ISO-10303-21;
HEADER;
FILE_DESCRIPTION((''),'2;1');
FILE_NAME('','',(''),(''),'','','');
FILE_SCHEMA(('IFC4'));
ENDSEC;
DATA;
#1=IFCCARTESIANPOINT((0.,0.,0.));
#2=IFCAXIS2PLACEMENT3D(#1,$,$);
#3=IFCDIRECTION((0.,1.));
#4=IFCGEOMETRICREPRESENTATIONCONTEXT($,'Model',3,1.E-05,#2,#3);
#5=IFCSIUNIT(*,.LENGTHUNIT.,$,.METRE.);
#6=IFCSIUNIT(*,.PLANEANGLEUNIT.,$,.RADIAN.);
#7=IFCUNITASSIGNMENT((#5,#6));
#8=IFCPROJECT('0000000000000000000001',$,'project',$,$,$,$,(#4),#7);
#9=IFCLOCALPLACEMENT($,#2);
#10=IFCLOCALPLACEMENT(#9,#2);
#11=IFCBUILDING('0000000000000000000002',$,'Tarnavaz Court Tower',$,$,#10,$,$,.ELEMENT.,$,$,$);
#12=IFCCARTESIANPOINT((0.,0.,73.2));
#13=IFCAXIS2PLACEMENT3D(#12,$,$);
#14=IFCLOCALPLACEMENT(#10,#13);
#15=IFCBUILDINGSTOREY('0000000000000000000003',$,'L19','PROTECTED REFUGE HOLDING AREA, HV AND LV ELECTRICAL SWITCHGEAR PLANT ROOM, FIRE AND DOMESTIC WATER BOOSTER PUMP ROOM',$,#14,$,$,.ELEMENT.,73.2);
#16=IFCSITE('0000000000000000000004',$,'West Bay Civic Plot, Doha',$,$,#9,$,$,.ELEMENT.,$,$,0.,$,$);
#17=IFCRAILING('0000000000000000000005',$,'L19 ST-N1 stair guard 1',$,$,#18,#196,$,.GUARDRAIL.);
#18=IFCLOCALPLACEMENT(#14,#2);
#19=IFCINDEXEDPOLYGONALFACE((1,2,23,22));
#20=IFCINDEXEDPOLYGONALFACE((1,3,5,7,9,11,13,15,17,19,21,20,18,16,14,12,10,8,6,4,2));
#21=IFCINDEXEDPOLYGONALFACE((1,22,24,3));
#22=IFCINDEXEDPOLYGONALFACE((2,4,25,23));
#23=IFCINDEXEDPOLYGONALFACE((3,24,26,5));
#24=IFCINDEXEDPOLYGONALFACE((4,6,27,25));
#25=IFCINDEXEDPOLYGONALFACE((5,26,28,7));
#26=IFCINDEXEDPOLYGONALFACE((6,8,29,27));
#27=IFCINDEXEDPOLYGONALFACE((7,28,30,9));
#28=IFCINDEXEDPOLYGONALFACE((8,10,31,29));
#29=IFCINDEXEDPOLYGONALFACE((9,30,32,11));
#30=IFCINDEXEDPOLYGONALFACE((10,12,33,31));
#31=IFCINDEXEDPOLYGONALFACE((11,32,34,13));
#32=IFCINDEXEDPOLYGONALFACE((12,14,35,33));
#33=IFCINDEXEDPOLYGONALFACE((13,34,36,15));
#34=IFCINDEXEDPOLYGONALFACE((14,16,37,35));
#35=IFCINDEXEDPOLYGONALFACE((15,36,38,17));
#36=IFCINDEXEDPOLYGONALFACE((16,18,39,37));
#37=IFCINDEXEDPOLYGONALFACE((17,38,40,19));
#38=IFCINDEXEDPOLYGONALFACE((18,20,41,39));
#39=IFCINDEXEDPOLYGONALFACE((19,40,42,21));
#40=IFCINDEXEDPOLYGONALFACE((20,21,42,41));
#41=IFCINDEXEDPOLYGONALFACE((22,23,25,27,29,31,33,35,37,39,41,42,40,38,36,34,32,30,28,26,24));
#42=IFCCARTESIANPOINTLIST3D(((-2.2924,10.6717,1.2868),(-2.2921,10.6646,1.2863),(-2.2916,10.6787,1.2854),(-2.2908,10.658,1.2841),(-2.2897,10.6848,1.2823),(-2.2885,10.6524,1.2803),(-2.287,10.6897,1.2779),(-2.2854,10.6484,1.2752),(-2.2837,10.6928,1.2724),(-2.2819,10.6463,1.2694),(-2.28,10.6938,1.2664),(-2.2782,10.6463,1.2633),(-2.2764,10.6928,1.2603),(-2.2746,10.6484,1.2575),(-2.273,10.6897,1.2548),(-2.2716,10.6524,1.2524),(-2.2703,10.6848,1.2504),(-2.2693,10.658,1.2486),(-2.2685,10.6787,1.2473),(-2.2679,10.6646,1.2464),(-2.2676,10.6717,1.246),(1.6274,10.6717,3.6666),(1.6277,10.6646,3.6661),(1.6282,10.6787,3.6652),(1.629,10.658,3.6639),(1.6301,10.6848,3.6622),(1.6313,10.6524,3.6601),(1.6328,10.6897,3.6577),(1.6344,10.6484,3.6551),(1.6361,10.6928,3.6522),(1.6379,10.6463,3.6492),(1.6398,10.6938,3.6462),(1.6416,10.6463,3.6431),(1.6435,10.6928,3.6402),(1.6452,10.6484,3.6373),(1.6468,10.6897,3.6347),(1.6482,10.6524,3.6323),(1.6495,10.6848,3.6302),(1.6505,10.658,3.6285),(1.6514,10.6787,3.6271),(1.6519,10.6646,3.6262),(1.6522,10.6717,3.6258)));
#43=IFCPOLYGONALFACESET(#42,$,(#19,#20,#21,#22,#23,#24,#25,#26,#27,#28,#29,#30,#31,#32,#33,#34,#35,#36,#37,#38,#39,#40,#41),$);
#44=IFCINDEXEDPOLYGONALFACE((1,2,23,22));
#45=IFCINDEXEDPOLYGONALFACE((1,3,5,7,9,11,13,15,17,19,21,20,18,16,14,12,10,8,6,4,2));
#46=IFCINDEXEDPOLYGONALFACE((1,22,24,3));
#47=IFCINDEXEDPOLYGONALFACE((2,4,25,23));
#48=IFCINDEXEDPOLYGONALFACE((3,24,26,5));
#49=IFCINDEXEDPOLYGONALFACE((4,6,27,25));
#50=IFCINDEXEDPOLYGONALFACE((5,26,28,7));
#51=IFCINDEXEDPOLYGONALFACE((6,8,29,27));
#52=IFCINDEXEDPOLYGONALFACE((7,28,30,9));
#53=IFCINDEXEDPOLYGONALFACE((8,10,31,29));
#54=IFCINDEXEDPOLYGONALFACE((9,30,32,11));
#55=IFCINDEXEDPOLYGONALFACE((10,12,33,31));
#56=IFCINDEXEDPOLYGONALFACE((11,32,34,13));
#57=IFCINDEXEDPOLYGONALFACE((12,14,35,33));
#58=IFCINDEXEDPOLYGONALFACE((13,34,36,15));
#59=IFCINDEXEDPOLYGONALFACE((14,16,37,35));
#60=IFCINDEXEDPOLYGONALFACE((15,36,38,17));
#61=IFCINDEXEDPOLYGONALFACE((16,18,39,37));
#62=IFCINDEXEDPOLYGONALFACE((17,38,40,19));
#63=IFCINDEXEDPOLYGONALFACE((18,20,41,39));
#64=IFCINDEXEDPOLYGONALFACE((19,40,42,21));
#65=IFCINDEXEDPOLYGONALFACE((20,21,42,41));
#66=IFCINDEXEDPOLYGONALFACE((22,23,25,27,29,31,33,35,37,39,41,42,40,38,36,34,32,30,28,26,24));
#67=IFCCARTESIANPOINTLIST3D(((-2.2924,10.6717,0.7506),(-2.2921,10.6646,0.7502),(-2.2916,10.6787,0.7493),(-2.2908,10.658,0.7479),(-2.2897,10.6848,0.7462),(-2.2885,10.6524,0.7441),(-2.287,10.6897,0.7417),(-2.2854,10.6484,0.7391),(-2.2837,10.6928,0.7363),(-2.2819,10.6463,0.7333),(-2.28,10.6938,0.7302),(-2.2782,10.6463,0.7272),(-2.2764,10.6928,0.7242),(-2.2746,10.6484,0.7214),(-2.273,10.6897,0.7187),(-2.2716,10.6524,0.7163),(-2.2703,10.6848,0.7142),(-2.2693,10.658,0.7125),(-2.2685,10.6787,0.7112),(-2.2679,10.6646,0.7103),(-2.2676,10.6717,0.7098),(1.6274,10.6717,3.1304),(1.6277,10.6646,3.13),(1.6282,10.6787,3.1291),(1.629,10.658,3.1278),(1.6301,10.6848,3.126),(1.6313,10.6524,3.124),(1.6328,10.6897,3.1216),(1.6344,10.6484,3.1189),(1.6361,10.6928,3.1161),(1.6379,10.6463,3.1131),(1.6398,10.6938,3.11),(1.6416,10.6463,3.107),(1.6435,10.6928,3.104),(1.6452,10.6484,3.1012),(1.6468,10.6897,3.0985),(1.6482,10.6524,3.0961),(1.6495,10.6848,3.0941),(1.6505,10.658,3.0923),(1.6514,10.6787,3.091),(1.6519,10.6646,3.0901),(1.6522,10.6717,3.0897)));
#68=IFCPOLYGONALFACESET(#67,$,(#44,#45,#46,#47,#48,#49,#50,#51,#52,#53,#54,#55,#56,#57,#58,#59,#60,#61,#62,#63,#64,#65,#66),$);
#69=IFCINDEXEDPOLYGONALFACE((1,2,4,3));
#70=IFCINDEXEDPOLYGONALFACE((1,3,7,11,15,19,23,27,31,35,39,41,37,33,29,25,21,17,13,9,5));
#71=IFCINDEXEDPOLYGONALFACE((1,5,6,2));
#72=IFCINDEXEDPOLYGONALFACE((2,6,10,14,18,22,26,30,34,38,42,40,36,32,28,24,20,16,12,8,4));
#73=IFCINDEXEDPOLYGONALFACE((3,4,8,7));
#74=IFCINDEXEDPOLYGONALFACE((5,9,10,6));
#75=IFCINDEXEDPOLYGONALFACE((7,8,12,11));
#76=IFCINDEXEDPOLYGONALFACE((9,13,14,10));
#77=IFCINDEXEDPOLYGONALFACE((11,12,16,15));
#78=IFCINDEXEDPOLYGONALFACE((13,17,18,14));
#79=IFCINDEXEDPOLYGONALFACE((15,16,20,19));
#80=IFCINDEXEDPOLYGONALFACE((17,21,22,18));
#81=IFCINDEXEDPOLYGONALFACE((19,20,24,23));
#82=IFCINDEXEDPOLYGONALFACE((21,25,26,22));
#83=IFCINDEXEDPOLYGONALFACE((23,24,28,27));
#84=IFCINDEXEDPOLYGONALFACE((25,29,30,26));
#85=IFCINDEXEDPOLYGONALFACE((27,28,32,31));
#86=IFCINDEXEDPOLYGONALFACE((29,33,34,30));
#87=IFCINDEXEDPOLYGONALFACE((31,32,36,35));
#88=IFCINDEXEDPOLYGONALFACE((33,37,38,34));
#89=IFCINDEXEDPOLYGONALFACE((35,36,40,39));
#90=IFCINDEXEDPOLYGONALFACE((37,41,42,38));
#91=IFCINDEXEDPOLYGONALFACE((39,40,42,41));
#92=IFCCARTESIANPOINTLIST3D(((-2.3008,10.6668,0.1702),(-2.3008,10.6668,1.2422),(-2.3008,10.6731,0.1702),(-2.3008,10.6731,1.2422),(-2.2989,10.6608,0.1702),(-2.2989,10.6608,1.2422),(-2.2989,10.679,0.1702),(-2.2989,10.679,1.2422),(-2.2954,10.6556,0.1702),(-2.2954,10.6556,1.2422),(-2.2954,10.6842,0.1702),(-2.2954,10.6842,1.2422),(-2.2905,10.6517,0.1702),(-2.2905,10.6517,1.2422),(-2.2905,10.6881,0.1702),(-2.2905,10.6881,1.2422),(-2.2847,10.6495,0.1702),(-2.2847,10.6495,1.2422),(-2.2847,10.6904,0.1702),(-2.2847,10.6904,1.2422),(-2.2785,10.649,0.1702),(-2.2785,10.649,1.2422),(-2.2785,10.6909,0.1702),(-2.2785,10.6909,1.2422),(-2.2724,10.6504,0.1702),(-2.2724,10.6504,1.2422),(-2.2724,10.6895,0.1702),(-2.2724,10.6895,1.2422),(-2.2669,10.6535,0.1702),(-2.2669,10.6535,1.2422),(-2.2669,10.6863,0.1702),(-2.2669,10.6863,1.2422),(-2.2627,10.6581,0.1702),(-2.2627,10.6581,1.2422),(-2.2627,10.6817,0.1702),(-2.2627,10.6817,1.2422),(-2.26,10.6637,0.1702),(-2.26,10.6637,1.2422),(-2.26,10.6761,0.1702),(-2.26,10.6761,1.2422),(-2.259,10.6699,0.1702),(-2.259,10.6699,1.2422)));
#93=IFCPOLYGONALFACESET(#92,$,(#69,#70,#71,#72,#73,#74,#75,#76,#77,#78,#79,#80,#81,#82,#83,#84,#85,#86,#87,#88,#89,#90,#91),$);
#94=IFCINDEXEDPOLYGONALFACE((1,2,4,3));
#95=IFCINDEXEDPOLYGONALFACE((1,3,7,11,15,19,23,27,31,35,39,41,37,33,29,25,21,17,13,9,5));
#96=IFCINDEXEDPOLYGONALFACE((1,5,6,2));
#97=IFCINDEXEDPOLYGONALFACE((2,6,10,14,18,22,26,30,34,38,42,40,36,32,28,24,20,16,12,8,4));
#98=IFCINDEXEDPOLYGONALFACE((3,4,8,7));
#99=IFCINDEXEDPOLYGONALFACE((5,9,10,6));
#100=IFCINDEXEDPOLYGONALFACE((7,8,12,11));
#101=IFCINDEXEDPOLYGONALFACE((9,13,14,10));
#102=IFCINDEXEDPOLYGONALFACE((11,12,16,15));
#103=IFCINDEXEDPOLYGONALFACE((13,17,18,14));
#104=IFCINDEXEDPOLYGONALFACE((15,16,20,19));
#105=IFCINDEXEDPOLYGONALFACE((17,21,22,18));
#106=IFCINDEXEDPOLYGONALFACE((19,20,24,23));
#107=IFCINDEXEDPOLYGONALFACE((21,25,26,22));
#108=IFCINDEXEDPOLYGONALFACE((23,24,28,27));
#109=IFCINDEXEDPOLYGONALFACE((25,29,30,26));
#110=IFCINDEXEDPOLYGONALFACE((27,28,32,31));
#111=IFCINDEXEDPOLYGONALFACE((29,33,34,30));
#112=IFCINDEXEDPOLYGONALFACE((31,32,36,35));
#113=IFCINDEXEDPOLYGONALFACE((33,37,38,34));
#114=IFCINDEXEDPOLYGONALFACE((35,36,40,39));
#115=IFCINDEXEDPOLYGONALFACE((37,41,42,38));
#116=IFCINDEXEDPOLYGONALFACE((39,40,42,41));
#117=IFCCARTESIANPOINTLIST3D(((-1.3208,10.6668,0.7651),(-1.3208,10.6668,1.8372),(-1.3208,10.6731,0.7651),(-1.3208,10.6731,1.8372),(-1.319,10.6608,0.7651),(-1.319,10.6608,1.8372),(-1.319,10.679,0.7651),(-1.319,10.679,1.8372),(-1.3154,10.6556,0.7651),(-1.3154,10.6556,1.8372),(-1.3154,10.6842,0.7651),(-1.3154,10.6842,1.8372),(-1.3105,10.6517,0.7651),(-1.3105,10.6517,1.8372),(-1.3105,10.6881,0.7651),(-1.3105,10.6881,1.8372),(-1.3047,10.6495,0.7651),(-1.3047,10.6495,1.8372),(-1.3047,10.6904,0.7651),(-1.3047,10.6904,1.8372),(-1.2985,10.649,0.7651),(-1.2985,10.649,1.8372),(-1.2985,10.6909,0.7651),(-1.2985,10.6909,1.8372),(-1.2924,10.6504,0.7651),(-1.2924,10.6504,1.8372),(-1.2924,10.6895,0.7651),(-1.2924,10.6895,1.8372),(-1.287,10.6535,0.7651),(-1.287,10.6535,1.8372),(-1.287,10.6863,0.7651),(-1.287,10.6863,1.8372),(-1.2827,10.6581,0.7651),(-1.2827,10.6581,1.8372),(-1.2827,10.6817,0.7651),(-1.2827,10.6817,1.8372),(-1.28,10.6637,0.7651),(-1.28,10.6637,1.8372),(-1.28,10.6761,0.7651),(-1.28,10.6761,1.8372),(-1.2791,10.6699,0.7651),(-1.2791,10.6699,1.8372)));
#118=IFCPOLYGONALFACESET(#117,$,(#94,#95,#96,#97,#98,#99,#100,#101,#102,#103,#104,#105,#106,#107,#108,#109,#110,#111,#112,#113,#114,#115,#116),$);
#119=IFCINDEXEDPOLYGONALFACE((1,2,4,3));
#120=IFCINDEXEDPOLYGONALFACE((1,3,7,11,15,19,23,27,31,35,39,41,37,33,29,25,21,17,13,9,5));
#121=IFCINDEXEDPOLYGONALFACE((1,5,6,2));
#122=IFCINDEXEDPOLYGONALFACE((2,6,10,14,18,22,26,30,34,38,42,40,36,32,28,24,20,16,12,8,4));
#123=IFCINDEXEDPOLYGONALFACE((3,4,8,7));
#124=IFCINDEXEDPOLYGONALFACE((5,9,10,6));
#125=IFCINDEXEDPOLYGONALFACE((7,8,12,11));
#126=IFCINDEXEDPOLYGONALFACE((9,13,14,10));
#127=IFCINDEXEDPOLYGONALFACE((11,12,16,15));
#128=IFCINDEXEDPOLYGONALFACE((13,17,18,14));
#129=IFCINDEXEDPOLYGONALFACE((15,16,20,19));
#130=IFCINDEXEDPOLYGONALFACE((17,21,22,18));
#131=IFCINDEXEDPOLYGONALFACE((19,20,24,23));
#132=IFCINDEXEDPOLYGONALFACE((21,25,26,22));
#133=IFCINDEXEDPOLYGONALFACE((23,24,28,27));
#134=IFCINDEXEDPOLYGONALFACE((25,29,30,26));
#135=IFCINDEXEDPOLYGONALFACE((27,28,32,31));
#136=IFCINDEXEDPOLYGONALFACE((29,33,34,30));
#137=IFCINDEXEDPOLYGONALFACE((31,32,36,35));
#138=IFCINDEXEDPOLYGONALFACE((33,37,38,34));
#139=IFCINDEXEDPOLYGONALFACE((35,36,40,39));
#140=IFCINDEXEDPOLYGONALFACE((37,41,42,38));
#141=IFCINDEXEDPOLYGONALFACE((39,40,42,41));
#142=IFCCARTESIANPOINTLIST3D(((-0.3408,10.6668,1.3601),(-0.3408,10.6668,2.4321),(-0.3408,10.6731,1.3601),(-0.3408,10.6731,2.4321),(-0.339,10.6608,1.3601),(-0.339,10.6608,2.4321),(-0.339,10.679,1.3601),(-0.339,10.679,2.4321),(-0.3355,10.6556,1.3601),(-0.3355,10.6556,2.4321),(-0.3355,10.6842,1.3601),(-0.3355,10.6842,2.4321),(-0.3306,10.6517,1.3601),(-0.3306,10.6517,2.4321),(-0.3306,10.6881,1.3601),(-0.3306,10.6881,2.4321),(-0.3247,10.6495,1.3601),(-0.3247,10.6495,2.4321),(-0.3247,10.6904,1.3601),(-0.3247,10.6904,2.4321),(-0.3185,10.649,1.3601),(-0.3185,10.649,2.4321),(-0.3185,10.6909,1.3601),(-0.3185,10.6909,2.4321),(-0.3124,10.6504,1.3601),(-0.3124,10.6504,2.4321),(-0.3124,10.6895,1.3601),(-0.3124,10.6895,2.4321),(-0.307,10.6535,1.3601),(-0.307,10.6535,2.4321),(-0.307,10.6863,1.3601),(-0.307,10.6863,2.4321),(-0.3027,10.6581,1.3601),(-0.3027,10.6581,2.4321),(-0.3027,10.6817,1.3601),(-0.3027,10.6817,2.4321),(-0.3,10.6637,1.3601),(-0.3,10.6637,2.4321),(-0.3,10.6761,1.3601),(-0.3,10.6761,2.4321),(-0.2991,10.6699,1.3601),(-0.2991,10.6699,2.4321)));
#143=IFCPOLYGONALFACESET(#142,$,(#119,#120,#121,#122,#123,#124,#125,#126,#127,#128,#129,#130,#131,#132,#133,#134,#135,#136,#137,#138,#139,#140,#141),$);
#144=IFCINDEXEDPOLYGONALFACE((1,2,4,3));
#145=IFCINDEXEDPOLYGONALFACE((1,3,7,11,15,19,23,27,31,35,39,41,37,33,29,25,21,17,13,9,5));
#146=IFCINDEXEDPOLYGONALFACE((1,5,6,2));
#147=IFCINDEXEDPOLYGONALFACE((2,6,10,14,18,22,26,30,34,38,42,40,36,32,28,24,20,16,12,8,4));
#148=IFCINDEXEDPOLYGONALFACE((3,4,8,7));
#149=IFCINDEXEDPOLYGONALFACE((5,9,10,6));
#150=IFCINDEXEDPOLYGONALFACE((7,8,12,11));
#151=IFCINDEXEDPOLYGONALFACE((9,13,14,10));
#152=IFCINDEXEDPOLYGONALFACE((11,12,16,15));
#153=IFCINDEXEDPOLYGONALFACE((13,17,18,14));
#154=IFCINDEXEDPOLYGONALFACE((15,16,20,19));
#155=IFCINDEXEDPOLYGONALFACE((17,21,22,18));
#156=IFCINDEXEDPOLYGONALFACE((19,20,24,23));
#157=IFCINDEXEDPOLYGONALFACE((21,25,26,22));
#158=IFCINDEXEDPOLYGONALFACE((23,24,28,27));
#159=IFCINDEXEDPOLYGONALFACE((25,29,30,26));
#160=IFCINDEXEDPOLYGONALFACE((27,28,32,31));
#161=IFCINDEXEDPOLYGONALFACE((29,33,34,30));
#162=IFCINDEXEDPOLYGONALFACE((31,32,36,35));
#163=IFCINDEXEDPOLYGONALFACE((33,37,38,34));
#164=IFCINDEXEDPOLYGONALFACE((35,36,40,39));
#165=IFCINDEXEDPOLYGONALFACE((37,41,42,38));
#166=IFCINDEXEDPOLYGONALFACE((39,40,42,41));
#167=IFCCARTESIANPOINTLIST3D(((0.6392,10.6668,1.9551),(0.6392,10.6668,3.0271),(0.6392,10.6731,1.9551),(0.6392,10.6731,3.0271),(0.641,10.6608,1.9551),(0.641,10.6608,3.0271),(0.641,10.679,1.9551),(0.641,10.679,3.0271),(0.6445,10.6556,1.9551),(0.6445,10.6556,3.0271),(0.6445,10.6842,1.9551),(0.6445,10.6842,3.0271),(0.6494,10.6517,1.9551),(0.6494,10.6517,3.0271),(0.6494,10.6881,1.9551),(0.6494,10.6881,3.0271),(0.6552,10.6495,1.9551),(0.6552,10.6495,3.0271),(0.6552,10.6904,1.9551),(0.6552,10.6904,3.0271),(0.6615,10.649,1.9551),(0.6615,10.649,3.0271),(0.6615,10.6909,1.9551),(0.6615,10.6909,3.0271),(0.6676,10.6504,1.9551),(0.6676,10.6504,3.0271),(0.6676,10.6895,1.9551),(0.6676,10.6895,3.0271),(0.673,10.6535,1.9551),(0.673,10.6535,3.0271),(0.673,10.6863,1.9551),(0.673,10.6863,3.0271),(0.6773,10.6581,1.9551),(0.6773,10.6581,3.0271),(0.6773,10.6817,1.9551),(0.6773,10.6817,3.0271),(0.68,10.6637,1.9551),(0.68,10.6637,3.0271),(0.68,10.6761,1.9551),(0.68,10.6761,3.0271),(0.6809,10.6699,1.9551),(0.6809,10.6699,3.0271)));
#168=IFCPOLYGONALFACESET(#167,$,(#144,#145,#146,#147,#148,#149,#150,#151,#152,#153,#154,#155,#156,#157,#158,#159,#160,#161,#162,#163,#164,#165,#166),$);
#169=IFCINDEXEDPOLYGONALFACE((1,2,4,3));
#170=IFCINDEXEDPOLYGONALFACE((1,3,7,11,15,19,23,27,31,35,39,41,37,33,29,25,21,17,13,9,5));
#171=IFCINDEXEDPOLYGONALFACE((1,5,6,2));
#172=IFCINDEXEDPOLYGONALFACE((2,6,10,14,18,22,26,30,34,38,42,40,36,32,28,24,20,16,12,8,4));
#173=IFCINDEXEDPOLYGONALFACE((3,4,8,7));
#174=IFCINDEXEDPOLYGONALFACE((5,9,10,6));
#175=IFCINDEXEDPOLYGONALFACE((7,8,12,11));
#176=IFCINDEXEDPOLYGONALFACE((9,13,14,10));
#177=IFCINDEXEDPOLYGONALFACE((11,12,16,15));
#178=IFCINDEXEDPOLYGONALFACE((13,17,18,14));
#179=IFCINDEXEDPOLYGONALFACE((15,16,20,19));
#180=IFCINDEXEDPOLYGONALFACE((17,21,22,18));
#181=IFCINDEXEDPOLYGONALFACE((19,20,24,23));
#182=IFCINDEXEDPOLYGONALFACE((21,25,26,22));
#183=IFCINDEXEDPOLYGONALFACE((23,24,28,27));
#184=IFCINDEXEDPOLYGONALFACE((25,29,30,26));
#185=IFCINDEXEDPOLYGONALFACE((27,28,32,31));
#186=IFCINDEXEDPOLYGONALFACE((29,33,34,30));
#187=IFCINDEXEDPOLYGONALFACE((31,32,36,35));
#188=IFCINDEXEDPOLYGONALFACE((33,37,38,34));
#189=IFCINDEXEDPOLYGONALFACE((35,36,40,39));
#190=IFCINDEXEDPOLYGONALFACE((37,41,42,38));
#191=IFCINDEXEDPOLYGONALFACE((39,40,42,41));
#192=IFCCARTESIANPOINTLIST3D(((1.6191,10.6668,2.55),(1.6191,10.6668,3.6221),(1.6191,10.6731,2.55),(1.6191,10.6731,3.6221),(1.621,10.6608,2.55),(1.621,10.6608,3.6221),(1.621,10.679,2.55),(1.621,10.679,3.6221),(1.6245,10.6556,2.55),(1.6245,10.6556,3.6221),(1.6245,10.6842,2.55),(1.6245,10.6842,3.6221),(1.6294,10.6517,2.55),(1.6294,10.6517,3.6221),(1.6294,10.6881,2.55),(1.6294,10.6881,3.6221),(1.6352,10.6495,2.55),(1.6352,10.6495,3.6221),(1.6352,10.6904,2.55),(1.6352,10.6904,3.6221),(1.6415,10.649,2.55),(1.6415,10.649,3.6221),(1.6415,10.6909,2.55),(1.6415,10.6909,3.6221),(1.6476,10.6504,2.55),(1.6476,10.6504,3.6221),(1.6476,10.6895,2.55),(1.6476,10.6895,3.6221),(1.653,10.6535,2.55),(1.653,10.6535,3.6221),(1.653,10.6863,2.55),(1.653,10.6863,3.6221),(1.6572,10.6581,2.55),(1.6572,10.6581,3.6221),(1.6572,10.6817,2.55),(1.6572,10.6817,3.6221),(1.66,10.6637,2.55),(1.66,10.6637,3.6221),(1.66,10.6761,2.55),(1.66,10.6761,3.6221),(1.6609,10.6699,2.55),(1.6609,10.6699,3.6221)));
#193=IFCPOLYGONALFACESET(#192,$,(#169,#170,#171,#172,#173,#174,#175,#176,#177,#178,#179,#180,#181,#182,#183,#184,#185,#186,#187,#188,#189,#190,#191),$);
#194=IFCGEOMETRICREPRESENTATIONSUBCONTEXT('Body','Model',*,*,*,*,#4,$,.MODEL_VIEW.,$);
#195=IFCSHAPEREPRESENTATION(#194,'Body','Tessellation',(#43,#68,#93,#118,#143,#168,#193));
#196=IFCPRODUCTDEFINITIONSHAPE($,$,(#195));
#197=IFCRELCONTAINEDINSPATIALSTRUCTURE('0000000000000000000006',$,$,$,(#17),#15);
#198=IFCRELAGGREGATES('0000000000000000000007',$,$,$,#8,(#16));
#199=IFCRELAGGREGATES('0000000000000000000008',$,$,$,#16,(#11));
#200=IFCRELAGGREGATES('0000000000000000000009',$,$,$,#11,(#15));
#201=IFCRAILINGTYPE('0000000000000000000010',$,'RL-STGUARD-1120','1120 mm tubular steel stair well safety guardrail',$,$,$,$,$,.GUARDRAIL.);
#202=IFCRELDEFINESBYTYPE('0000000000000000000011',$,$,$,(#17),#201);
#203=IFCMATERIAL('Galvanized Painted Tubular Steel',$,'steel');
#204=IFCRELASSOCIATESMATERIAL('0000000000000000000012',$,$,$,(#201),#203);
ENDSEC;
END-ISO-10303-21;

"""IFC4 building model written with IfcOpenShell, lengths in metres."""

from ifc_helpers import new_model, si_unit, direction, frame, origin, origin_2d, place, context, subcontext, project, spatial, circle, extrude, material, type_object, element, save


model = new_model("IFC4")

# Units and contexts
model_context = context("Model", 3, precision=1e-05, world=origin(), true_north=direction((0.0, 1.0)))
body_context = subcontext(model_context, "Body", "Model", "MODEL_VIEW")
ifc_project = project(units=[si_unit("LENGTHUNIT", "METRE"), si_unit("PLANEANGLEUNIT", "RADIAN")], contexts=[model_context])

# Site, building, storey
site_placement = place(None, origin())
site = spatial("IfcSite", under=ifc_project, at=site_placement, Name="West Bay Civic Plot, Doha", CompositionType="ELEMENT", RefElevation=0.0)
building_placement = place(site_placement, origin())
building = spatial("IfcBuilding", under=site, at=building_placement, Name="Tarnavaz Court Tower", CompositionType="ELEMENT")
storey_placement = place(building_placement, frame((0.0, 0.0, 73.2)))
storey = spatial("IfcBuildingStorey", under=building, at=storey_placement, Name="L19", Description="PROTECTED REFUGE HOLDING AREA, HV AND LV ELECTRICAL SWITCHGEAR PLANT ROOM, FIRE AND DOMESTIC WATER BOOSTER PUMP ROOM", CompositionType="ELEMENT", Elevation=73.2)

# Railing
ifc_material_1 = material(Name="Galvanized Painted Tubular Steel", Category="steel")
railing_type_1 = type_object("IfcRailingType", Name="RL-STGUARD-1120", Description="1120 mm tubular steel stair well safety guardrail", PredefinedType="GUARDRAIL", material=ifc_material_1)
railing_1_placement = place(storey_placement, frame((-2.28, 10.6699, 0.1702)))
element("IfcRailing", 1, at=railing_1_placement, inside=storey, type_object=railing_type_1, Name="L19 ST-N1 stair guard 1", PredefinedType="GUARDRAIL", context=body_context, shape_type="SweptSolid", body=[
    extrude(circle(Radius=0.0239, at=origin_2d()), frame((0.0, 0.0, 1.0962), z_axis=(0.854794, 0.0, 0.518967), x_axis=(0.0, 1.0, 0.0)), (0.0, 0.0, 1.0), 4.5857),
    extrude(circle(Radius=0.0239, at=origin_2d()), frame((0.0, 0.0, 0.5601), z_axis=(0.854794, 0.0, 0.518967), x_axis=(0.0, 1.0, 0.0)), (0.0, 0.0, 1.0), 4.5857),
    extrude(circle(Radius=0.021, at=origin_2d()), origin(), (0.0, 0.0, 1.0), 1.072),
    extrude(circle(Radius=0.021, at=origin_2d()), frame((0.98, 0.0, 0.595)), (0.0, 0.0, 1.0), 1.072),
    extrude(circle(Radius=0.021, at=origin_2d()), frame((1.96, 0.0, 1.1899)), (0.0, 0.0, 1.0), 1.072),
    extrude(circle(Radius=0.021, at=origin_2d()), frame((2.9399, 0.0, 1.7849)), (0.0, 0.0, 1.0), 1.072),
    extrude(circle(Radius=0.021, at=origin_2d()), frame((3.9199, 0.0, 2.3799)), (0.0, 0.0, 1.0), 1.072),
])

save(model, "model.ifc")
